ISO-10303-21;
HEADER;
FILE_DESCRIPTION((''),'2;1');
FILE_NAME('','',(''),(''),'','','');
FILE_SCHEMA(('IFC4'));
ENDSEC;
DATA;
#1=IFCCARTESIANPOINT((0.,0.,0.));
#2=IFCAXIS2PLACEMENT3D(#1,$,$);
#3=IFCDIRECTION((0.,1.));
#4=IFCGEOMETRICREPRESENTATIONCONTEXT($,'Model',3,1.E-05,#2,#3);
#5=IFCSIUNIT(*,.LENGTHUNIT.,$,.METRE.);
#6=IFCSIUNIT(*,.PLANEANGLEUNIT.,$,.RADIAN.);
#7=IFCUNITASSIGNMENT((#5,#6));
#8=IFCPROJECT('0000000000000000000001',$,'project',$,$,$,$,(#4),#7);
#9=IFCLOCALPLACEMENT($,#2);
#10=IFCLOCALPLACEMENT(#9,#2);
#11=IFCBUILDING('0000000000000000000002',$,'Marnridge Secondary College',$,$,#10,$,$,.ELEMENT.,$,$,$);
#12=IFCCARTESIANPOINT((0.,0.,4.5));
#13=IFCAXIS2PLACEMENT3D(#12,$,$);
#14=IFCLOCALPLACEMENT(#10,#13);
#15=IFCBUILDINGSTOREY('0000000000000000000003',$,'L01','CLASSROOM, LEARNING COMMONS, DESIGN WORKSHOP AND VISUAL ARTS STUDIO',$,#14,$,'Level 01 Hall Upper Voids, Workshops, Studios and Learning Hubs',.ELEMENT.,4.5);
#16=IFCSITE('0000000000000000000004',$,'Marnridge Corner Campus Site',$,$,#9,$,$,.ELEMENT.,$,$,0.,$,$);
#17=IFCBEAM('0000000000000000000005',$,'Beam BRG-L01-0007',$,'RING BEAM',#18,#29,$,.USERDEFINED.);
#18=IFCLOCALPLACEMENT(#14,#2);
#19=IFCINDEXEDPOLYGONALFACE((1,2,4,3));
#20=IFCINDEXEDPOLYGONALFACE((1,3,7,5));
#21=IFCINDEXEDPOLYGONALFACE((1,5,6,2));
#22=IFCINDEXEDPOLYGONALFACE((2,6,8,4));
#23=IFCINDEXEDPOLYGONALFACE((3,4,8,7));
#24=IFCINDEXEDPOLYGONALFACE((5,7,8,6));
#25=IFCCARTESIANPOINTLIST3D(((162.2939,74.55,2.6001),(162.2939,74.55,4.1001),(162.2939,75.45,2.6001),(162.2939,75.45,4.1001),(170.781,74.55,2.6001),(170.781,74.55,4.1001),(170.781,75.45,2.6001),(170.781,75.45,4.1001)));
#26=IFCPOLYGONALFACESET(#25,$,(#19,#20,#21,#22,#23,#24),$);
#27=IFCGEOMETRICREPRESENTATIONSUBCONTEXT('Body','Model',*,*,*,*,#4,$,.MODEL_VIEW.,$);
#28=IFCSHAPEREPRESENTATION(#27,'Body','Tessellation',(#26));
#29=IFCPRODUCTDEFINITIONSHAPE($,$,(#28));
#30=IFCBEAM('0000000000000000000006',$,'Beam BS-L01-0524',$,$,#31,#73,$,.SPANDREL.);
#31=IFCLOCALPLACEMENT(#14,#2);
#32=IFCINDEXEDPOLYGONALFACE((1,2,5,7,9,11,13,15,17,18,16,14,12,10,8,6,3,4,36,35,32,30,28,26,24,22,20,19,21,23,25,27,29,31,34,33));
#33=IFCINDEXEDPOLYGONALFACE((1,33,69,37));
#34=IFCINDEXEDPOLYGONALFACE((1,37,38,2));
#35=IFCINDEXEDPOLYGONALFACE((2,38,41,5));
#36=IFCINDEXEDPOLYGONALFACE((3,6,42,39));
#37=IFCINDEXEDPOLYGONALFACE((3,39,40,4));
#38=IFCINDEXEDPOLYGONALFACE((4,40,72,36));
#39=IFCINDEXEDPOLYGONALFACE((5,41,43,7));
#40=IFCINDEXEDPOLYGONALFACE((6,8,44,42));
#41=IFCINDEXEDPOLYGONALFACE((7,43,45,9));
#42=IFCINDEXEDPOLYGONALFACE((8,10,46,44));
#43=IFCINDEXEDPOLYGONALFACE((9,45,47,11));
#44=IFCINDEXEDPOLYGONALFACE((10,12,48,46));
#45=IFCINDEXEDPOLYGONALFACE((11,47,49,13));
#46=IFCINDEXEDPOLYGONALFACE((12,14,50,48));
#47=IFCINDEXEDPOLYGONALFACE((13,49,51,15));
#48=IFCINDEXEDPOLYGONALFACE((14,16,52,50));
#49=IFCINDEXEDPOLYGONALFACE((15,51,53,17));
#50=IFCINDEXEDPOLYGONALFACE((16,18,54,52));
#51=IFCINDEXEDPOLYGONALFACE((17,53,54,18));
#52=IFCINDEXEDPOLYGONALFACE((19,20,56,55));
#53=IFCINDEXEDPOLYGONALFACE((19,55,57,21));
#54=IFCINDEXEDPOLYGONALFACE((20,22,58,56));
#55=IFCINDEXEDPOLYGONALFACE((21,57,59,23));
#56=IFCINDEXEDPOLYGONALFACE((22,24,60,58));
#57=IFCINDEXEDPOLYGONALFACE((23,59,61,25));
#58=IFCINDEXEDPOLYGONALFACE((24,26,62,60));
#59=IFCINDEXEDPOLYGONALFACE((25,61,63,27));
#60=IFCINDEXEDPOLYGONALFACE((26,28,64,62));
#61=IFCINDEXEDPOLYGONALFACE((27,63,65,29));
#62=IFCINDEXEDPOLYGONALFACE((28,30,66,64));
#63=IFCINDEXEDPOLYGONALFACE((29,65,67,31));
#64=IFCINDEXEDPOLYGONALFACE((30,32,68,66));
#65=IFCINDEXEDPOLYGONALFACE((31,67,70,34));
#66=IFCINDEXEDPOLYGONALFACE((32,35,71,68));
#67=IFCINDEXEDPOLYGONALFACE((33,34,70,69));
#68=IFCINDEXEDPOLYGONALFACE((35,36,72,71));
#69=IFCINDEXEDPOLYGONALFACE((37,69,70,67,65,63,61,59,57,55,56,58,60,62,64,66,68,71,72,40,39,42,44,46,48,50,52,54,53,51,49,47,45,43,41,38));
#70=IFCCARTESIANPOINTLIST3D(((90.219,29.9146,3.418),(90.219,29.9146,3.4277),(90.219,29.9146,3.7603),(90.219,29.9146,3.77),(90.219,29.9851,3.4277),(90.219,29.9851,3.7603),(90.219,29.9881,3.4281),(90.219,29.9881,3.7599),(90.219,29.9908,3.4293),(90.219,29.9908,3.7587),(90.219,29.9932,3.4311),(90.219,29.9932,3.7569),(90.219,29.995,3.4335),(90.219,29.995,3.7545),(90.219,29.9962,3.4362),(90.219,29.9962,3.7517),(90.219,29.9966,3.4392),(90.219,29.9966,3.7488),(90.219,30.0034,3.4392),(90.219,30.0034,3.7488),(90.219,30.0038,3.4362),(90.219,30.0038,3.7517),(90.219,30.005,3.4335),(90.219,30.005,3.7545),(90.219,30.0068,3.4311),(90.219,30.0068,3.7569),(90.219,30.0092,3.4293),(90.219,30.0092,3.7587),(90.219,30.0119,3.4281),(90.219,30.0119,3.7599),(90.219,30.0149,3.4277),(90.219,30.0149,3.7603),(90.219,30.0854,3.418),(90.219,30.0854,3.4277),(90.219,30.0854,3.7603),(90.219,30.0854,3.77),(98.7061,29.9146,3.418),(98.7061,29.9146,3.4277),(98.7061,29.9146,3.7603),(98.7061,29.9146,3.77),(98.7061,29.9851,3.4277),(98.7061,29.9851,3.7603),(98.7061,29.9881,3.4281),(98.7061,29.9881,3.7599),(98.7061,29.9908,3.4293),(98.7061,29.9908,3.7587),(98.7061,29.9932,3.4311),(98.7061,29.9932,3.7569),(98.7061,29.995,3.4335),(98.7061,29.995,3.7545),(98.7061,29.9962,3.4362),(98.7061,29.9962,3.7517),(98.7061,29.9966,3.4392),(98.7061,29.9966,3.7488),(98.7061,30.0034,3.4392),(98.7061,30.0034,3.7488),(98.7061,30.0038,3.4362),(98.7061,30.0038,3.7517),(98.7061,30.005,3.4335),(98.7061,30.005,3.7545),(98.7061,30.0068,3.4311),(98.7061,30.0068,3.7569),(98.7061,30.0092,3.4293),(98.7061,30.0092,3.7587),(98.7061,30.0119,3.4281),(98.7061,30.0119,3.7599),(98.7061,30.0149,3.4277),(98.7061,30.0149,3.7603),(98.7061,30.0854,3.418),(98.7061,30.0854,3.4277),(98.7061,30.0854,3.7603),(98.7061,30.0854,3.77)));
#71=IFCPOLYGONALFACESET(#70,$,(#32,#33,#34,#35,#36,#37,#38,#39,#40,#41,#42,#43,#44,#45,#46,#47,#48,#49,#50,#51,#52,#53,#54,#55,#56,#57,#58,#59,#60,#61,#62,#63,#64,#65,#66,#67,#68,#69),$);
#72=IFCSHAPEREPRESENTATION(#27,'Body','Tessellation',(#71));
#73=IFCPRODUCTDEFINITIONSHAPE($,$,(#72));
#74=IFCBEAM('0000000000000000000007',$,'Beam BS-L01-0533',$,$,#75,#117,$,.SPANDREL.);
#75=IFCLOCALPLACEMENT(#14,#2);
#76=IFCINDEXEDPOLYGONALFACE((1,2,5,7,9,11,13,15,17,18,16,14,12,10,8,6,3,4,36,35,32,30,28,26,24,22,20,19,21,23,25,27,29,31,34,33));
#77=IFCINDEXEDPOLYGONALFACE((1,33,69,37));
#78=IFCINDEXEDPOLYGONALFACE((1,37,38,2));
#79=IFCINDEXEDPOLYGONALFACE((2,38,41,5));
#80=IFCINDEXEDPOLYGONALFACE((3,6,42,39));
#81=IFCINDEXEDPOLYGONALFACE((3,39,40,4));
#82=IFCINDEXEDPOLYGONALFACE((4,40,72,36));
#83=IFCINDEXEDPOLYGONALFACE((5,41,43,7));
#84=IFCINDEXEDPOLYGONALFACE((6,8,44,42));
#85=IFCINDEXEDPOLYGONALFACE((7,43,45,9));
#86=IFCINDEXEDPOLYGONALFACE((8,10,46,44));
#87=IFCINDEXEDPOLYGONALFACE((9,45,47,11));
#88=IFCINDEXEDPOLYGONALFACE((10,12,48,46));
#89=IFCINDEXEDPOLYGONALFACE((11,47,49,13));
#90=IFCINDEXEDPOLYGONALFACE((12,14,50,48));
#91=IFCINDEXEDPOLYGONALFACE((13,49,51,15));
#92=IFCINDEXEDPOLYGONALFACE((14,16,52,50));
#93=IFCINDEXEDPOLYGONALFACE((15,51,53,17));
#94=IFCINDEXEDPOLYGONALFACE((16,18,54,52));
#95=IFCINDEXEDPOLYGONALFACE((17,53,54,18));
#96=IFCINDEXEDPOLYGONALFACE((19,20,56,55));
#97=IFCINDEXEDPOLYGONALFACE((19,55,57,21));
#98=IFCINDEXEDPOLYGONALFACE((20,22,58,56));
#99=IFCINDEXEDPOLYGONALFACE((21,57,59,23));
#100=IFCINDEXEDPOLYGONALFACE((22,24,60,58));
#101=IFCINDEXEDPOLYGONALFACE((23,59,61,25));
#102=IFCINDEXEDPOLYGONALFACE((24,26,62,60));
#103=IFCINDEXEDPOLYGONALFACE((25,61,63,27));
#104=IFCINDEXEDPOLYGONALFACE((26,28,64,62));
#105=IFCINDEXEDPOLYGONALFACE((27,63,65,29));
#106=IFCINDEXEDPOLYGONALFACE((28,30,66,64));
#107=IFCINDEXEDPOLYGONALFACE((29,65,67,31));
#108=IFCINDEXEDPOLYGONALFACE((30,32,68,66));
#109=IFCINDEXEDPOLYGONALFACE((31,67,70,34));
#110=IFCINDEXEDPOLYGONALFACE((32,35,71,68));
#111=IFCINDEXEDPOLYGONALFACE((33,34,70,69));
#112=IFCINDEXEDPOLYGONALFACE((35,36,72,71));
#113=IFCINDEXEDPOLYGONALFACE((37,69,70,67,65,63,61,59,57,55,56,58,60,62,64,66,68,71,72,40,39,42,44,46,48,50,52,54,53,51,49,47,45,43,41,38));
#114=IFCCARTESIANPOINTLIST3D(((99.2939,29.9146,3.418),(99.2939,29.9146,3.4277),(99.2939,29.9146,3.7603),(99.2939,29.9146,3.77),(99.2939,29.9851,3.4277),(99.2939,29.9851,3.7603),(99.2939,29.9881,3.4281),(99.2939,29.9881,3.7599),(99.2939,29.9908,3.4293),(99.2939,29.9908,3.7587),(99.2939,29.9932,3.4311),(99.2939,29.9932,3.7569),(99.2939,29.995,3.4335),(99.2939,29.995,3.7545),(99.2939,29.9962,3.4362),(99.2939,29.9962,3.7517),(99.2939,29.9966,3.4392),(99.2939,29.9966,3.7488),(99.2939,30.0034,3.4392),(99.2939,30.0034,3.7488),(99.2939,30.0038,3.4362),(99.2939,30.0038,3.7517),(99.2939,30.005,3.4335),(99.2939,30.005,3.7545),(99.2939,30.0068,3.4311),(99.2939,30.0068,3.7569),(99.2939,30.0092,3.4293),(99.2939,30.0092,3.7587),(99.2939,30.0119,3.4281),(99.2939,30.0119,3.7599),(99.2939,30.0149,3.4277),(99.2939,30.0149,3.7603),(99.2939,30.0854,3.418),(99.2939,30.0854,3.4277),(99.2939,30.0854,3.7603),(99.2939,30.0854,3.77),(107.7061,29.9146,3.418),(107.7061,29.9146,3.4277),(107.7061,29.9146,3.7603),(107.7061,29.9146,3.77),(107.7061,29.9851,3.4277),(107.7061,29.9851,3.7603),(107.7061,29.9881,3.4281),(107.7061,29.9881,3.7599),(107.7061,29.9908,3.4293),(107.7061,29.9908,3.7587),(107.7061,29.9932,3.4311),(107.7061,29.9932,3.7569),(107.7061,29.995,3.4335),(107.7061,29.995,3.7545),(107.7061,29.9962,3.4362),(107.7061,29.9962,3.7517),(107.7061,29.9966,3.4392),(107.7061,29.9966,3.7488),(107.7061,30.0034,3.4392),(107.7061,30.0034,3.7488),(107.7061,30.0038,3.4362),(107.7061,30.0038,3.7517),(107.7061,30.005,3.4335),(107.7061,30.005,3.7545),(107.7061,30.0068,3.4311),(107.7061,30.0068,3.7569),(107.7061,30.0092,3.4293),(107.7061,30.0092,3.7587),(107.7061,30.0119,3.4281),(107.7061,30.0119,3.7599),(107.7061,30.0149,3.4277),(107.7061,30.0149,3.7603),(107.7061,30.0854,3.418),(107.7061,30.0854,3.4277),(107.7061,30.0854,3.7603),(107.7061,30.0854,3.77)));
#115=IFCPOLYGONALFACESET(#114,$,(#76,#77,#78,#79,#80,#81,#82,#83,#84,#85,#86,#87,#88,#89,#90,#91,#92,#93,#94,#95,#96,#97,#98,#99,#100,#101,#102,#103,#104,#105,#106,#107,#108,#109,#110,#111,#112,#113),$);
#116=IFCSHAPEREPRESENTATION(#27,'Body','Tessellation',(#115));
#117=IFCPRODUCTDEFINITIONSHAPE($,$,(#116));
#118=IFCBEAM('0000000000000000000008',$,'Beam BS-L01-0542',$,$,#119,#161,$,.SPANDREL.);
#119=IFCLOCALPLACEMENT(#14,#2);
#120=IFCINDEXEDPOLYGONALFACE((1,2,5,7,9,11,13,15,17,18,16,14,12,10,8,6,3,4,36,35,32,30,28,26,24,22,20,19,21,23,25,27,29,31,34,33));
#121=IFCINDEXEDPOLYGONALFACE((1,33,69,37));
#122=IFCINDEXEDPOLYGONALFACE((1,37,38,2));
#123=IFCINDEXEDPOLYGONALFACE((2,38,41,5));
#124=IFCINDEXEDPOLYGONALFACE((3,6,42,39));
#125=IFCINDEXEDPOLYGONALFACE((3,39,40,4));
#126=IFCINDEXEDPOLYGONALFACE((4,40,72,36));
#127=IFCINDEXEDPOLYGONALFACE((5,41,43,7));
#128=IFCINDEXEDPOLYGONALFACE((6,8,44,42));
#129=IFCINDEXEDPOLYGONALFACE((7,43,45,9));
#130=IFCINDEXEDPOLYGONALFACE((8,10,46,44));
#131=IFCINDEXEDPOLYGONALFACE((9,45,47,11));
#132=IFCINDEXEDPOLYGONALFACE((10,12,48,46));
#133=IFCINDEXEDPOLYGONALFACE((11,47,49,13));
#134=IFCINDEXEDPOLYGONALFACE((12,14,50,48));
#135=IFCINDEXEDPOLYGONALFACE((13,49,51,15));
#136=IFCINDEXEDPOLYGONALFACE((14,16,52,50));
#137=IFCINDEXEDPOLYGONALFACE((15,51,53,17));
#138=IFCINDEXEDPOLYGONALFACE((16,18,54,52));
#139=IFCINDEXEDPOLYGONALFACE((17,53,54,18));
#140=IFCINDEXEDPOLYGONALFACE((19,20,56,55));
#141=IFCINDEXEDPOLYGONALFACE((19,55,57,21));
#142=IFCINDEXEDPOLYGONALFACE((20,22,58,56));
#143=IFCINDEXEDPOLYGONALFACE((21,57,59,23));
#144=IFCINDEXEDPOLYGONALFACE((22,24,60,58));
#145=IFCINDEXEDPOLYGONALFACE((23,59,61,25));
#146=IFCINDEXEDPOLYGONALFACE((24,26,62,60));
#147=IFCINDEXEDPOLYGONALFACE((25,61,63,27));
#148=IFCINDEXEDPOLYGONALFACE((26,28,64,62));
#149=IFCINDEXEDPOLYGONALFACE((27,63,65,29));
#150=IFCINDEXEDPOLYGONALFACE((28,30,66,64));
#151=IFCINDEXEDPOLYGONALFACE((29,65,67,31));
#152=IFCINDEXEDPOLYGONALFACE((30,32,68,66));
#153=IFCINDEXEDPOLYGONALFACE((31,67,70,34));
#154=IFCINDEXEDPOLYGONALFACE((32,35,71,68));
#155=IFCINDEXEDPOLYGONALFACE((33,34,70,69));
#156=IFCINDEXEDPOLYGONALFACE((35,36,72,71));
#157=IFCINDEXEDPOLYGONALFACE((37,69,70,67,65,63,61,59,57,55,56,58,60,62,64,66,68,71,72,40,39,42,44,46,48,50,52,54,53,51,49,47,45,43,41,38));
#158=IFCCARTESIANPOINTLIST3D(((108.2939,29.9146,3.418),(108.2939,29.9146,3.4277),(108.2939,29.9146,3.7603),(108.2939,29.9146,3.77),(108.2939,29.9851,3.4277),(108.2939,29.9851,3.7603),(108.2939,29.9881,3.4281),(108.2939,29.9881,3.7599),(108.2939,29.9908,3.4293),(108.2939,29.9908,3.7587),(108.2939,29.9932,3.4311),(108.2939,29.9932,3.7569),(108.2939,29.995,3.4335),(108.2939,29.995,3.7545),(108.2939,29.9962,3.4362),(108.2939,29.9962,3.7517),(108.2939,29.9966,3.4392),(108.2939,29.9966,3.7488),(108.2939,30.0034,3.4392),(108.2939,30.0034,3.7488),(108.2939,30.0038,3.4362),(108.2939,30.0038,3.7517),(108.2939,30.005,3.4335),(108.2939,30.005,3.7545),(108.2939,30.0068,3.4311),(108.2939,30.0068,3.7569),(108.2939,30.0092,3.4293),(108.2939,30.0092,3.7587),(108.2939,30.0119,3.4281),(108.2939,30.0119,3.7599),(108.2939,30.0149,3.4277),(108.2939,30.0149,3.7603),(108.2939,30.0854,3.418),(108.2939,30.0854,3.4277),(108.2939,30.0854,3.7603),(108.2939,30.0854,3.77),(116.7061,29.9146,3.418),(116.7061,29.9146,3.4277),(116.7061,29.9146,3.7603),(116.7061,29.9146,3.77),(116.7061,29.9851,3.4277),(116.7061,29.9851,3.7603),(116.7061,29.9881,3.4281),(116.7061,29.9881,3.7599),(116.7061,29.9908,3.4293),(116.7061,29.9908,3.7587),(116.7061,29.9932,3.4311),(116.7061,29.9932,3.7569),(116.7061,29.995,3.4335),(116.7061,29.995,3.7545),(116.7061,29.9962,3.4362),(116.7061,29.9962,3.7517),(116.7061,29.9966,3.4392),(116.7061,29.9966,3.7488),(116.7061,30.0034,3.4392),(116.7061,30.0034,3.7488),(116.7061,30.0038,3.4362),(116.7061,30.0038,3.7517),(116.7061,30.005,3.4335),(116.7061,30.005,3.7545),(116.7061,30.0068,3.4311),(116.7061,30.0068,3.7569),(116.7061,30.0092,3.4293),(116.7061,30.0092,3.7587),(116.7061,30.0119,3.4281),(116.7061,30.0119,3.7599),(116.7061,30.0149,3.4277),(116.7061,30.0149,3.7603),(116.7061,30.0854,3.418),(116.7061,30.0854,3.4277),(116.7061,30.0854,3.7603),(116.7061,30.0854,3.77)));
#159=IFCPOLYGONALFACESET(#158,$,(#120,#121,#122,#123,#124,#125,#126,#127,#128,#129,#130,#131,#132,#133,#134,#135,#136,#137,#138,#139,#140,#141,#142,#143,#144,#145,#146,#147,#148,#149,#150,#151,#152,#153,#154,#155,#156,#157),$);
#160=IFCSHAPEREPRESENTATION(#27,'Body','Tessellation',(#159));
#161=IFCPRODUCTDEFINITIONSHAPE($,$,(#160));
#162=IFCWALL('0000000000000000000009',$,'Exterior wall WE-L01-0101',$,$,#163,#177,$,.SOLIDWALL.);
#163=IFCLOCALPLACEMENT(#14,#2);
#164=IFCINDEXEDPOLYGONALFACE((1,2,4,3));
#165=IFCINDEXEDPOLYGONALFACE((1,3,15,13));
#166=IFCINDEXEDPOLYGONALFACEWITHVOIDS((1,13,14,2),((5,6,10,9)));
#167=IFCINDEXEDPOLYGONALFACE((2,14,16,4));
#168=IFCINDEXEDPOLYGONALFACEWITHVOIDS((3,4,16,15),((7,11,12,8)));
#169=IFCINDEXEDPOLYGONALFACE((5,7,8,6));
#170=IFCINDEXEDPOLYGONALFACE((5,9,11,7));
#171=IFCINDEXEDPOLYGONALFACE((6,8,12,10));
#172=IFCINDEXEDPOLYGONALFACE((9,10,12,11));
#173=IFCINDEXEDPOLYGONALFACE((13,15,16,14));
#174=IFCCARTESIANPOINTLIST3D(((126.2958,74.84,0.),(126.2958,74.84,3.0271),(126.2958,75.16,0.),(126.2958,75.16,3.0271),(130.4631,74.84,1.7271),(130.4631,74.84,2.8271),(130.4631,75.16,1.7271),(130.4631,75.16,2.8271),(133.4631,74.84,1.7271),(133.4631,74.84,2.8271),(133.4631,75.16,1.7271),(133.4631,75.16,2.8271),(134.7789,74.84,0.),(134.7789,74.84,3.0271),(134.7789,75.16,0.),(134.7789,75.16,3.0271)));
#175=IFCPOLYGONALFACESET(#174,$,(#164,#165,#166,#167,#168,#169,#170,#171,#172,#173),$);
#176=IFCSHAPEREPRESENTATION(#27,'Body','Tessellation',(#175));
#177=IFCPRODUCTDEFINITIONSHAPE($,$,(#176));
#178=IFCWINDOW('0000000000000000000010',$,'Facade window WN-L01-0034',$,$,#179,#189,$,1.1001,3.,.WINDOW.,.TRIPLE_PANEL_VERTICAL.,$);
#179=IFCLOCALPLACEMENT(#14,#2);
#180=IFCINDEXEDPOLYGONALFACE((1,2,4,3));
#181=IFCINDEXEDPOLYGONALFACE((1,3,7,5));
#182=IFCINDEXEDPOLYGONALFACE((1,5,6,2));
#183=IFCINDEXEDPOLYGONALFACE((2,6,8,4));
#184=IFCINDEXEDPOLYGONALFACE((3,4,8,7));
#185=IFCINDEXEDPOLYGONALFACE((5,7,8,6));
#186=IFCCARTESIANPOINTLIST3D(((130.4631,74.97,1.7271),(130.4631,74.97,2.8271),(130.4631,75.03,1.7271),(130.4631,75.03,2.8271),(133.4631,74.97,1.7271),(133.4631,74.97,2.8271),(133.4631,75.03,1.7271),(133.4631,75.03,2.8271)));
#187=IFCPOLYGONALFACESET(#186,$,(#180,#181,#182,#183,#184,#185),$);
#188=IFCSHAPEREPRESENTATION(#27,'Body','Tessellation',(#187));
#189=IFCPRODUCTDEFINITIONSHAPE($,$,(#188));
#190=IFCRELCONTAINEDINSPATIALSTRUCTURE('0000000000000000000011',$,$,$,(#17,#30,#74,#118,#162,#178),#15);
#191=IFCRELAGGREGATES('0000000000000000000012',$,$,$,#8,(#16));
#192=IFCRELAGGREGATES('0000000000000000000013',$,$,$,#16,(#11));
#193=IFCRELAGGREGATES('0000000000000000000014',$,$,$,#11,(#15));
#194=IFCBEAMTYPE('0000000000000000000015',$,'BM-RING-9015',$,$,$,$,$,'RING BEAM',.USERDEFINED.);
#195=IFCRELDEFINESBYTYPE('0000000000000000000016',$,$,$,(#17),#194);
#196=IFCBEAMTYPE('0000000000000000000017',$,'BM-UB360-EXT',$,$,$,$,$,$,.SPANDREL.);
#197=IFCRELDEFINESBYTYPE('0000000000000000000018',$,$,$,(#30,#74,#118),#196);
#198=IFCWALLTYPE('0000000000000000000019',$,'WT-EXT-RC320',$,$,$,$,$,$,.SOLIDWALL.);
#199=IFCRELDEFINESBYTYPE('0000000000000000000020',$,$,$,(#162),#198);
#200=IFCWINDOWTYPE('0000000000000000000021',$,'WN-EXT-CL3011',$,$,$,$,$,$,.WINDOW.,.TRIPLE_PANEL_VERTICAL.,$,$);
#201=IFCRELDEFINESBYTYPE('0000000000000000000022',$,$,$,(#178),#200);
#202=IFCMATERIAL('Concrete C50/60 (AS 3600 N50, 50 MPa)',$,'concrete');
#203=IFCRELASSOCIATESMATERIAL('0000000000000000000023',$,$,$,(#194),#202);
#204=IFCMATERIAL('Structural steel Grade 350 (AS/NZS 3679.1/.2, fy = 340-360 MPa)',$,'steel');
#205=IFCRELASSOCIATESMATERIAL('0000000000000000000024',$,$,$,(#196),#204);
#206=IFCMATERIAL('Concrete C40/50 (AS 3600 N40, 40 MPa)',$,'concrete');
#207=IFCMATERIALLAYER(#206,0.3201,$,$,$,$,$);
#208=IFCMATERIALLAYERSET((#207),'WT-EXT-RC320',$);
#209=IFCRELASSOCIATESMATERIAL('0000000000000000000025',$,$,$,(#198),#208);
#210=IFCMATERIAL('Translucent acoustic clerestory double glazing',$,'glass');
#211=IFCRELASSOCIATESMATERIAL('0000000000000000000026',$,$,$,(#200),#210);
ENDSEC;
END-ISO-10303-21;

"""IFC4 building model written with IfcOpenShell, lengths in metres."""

from ifc_helpers import new_model, si_unit, direction, frame, frame_2d, origin, origin_2d, place, context, subcontext, project, spatial, rectangle, i_section, extrude, material, layer, layer_set, material_profile, profile_set, type_object, element, fill, save


model = new_model("IFC4")

# Units and contexts
model_context = context("Model", 3, precision=1e-05, world=origin(), true_north=direction((0.0, 1.0)))
body_context = subcontext(model_context, "Body", "Model", "MODEL_VIEW")
ifc_project = project(units=[si_unit("LENGTHUNIT", "METRE"), si_unit("PLANEANGLEUNIT", "RADIAN")], contexts=[model_context])

# Site, building, storey
site_placement = place(None, origin())
site = spatial("IfcSite", under=ifc_project, at=site_placement, Name="Marnridge Corner Campus Site", CompositionType="ELEMENT", RefElevation=0.0)
building_placement = place(site_placement, origin())
building = spatial("IfcBuilding", under=site, at=building_placement, Name="Marnridge Secondary College", CompositionType="ELEMENT")
storey_placement = place(building_placement, frame((0.0, 0.0, 4.5)))
storey = spatial("IfcBuildingStorey", under=building, at=storey_placement, Name="L01", Description="CLASSROOM, LEARNING COMMONS, DESIGN WORKSHOP AND VISUAL ARTS STUDIO", LongName="Level 01 Hall Upper Voids, Workshops, Studios and Learning Hubs", CompositionType="ELEMENT", Elevation=4.5)

# Beams
ifc_material_1 = material(Name="Concrete C50/60 (AS 3600 N50, 50 MPa)", Category="concrete")
ifc_material_profile_1 = material_profile(ifc_material_1, rectangle(XDim=0.8999, YDim=1.5, at=origin_2d()), Name="RC 900x1500")
ifc_profile_set_1 = profile_set([ifc_material_profile_1], Name="Concrete C50/60 (AS 3600 N50, 50 MPa)")
beam_type_1 = type_object("IfcBeamType", Name="BM-RING-9015", ElementType="RING BEAM", PredefinedType="USERDEFINED", material=ifc_profile_set_1)
beam_1_placement = place(storey_placement, frame((162.2939, 75.0, 3.3501), z_axis=(1.0, 0.0, 0.0), x_axis=(0.0, 1.0, 0.0)))
element("IfcBeam", 1, at=beam_1_placement, inside=storey, type_object=beam_type_1, Name="Beam BRG-L01-0007", ObjectType="RING BEAM", PredefinedType="USERDEFINED", context=body_context, shape_type="SweptSolid", body=[
    extrude(rectangle(XDim=0.8999, YDim=1.5, at=origin_2d()), origin(), (0.0, 0.0, 1.0), 8.4871),
])
ifc_material_2 = material(Name="Structural steel Grade 350 (AS/NZS 3679.1/.2, fy = 340-360 MPa)", Category="steel")
ifc_material_profile_2 = material_profile(ifc_material_2, i_section(OverallWidth=0.1709, OverallDepth=0.3521, WebThickness=0.0068, FlangeThickness=0.0098, FilletRadius=0.0115, at=origin_2d()), Name="360UB44.7")
ifc_profile_set_2 = profile_set([ifc_material_profile_2], Name="Structural steel Grade 350 (AS/NZS 3679.1/.2, fy = 340-360 MPa)")
beam_type_2 = type_object("IfcBeamType", Name="BM-UB360-EXT", PredefinedType="SPANDREL", material=ifc_profile_set_2)
beam_2_placement = place(storey_placement, frame((90.219, 30.0, 3.594), z_axis=(1.0, 0.0, 0.0), x_axis=(0.0, 1.0, 0.0)))
element("IfcBeam", 2, at=beam_2_placement, inside=storey, type_object=beam_type_2, Name="Beam BS-L01-0524", PredefinedType="SPANDREL", context=body_context, shape_type="SweptSolid", body=[
    extrude(i_section(OverallWidth=0.1709, OverallDepth=0.3521, WebThickness=0.0068, FlangeThickness=0.0098, FilletRadius=0.0115, at=origin_2d()), origin(), (0.0, 0.0, 1.0), 8.4871),
])
for number, where, z_axis, x_axis, name in (
    (3, (99.2939, 30.0, 3.594), (1.0, 0.0, 0.0), (0.0, 1.0, 0.0), "Beam BS-L01-0533"),
    (4, (108.2939, 30.0, 3.594), (1.0, 0.0, 0.0), (0.0, 1.0, 0.0), "Beam BS-L01-0542"),
):
    element("IfcBeam", number, at=place(storey_placement, frame(where, z_axis=z_axis, x_axis=x_axis)), inside=storey, type_object=beam_type_2, Name=name, PredefinedType="SPANDREL", context=body_context, shape_type="SweptSolid", body=[
        extrude(i_section(OverallWidth=0.1709, OverallDepth=0.3521, WebThickness=0.0068, FlangeThickness=0.0098, FilletRadius=0.0115, at=origin_2d()), origin(), (0.0, 0.0, 1.0), 8.4121),
    ])

# Wall, opening, window
ifc_material_3 = material(Name="Concrete C40/50 (AS 3600 N40, 40 MPa)", Category="concrete")
ifc_layer = layer(ifc_material_3, 0.3201)
ifc_layer_set = layer_set([ifc_layer], Name="WT-EXT-RC320")
wall_type = type_object("IfcWallType", Name="WT-EXT-RC320", PredefinedType="SOLIDWALL", material=ifc_layer_set)
wall_1_placement = place(storey_placement, frame((134.7791, 75.0, 0.0), z_axis=(0.0, 0.0, 1.0), x_axis=(-1.0, 0.0, 0.0)))
wall_1 = element("IfcWall", 5, at=wall_1_placement, inside=storey, type_object=wall_type, Name="Exterior wall WE-L01-0101", PredefinedType="SOLIDWALL", context=body_context, shape_type="SweptSolid", body=[
    extrude(rectangle(XDim=8.4832, YDim=0.3201, at=frame_2d((4.2417, 0.0))), origin(), (0.0, 0.0, 1.0), 3.0271),
])
opening_1_placement = place(wall_1_placement, frame((1.3159, 0.0, 1.7271)))
opening_1 = element("IfcOpeningElement", 6, at=opening_1_placement, cuts=wall_1, PredefinedType="OPENING", context=body_context, shape_type="SweptSolid", body=[
    extrude(rectangle(XDim=3.0, YDim=1.1001, at=frame_2d((1.5, 0.55))), frame((0.0, 0.1699, 0.0), z_axis=(0.0, -1.0, 0.0), x_axis=(1.0, 0.0, 0.0)), (0.0, 0.0, 1.0), 0.3401),
])
ifc_material_4 = material(Name="Translucent acoustic clerestory double glazing", Category="glass")
window_type = type_object("IfcWindowType", Name="WN-EXT-CL3011", PartitioningType="TRIPLE_PANEL_VERTICAL", PredefinedType="WINDOW", material=ifc_material_4)
window_1_placement = place(opening_1_placement, origin())
window_1 = element("IfcWindow", 7, at=window_1_placement, inside=storey, type_object=window_type, Name="Facade window WN-L01-0034", OverallHeight=1.1001, OverallWidth=3.0, PartitioningType="TRIPLE_PANEL_VERTICAL", PredefinedType="WINDOW", context=body_context, shape_type="SweptSolid", body=[
    extrude(rectangle(XDim=3.0, YDim=1.1001, at=frame_2d((1.5, 0.55))), frame((0.0, 0.03, 0.0), z_axis=(0.0, -1.0, 0.0), x_axis=(1.0, 0.0, 0.0)), (0.0, 0.0, 1.0), 0.0601),
])
fill(opening_1, window_1)

save(model, "model.ifc")
